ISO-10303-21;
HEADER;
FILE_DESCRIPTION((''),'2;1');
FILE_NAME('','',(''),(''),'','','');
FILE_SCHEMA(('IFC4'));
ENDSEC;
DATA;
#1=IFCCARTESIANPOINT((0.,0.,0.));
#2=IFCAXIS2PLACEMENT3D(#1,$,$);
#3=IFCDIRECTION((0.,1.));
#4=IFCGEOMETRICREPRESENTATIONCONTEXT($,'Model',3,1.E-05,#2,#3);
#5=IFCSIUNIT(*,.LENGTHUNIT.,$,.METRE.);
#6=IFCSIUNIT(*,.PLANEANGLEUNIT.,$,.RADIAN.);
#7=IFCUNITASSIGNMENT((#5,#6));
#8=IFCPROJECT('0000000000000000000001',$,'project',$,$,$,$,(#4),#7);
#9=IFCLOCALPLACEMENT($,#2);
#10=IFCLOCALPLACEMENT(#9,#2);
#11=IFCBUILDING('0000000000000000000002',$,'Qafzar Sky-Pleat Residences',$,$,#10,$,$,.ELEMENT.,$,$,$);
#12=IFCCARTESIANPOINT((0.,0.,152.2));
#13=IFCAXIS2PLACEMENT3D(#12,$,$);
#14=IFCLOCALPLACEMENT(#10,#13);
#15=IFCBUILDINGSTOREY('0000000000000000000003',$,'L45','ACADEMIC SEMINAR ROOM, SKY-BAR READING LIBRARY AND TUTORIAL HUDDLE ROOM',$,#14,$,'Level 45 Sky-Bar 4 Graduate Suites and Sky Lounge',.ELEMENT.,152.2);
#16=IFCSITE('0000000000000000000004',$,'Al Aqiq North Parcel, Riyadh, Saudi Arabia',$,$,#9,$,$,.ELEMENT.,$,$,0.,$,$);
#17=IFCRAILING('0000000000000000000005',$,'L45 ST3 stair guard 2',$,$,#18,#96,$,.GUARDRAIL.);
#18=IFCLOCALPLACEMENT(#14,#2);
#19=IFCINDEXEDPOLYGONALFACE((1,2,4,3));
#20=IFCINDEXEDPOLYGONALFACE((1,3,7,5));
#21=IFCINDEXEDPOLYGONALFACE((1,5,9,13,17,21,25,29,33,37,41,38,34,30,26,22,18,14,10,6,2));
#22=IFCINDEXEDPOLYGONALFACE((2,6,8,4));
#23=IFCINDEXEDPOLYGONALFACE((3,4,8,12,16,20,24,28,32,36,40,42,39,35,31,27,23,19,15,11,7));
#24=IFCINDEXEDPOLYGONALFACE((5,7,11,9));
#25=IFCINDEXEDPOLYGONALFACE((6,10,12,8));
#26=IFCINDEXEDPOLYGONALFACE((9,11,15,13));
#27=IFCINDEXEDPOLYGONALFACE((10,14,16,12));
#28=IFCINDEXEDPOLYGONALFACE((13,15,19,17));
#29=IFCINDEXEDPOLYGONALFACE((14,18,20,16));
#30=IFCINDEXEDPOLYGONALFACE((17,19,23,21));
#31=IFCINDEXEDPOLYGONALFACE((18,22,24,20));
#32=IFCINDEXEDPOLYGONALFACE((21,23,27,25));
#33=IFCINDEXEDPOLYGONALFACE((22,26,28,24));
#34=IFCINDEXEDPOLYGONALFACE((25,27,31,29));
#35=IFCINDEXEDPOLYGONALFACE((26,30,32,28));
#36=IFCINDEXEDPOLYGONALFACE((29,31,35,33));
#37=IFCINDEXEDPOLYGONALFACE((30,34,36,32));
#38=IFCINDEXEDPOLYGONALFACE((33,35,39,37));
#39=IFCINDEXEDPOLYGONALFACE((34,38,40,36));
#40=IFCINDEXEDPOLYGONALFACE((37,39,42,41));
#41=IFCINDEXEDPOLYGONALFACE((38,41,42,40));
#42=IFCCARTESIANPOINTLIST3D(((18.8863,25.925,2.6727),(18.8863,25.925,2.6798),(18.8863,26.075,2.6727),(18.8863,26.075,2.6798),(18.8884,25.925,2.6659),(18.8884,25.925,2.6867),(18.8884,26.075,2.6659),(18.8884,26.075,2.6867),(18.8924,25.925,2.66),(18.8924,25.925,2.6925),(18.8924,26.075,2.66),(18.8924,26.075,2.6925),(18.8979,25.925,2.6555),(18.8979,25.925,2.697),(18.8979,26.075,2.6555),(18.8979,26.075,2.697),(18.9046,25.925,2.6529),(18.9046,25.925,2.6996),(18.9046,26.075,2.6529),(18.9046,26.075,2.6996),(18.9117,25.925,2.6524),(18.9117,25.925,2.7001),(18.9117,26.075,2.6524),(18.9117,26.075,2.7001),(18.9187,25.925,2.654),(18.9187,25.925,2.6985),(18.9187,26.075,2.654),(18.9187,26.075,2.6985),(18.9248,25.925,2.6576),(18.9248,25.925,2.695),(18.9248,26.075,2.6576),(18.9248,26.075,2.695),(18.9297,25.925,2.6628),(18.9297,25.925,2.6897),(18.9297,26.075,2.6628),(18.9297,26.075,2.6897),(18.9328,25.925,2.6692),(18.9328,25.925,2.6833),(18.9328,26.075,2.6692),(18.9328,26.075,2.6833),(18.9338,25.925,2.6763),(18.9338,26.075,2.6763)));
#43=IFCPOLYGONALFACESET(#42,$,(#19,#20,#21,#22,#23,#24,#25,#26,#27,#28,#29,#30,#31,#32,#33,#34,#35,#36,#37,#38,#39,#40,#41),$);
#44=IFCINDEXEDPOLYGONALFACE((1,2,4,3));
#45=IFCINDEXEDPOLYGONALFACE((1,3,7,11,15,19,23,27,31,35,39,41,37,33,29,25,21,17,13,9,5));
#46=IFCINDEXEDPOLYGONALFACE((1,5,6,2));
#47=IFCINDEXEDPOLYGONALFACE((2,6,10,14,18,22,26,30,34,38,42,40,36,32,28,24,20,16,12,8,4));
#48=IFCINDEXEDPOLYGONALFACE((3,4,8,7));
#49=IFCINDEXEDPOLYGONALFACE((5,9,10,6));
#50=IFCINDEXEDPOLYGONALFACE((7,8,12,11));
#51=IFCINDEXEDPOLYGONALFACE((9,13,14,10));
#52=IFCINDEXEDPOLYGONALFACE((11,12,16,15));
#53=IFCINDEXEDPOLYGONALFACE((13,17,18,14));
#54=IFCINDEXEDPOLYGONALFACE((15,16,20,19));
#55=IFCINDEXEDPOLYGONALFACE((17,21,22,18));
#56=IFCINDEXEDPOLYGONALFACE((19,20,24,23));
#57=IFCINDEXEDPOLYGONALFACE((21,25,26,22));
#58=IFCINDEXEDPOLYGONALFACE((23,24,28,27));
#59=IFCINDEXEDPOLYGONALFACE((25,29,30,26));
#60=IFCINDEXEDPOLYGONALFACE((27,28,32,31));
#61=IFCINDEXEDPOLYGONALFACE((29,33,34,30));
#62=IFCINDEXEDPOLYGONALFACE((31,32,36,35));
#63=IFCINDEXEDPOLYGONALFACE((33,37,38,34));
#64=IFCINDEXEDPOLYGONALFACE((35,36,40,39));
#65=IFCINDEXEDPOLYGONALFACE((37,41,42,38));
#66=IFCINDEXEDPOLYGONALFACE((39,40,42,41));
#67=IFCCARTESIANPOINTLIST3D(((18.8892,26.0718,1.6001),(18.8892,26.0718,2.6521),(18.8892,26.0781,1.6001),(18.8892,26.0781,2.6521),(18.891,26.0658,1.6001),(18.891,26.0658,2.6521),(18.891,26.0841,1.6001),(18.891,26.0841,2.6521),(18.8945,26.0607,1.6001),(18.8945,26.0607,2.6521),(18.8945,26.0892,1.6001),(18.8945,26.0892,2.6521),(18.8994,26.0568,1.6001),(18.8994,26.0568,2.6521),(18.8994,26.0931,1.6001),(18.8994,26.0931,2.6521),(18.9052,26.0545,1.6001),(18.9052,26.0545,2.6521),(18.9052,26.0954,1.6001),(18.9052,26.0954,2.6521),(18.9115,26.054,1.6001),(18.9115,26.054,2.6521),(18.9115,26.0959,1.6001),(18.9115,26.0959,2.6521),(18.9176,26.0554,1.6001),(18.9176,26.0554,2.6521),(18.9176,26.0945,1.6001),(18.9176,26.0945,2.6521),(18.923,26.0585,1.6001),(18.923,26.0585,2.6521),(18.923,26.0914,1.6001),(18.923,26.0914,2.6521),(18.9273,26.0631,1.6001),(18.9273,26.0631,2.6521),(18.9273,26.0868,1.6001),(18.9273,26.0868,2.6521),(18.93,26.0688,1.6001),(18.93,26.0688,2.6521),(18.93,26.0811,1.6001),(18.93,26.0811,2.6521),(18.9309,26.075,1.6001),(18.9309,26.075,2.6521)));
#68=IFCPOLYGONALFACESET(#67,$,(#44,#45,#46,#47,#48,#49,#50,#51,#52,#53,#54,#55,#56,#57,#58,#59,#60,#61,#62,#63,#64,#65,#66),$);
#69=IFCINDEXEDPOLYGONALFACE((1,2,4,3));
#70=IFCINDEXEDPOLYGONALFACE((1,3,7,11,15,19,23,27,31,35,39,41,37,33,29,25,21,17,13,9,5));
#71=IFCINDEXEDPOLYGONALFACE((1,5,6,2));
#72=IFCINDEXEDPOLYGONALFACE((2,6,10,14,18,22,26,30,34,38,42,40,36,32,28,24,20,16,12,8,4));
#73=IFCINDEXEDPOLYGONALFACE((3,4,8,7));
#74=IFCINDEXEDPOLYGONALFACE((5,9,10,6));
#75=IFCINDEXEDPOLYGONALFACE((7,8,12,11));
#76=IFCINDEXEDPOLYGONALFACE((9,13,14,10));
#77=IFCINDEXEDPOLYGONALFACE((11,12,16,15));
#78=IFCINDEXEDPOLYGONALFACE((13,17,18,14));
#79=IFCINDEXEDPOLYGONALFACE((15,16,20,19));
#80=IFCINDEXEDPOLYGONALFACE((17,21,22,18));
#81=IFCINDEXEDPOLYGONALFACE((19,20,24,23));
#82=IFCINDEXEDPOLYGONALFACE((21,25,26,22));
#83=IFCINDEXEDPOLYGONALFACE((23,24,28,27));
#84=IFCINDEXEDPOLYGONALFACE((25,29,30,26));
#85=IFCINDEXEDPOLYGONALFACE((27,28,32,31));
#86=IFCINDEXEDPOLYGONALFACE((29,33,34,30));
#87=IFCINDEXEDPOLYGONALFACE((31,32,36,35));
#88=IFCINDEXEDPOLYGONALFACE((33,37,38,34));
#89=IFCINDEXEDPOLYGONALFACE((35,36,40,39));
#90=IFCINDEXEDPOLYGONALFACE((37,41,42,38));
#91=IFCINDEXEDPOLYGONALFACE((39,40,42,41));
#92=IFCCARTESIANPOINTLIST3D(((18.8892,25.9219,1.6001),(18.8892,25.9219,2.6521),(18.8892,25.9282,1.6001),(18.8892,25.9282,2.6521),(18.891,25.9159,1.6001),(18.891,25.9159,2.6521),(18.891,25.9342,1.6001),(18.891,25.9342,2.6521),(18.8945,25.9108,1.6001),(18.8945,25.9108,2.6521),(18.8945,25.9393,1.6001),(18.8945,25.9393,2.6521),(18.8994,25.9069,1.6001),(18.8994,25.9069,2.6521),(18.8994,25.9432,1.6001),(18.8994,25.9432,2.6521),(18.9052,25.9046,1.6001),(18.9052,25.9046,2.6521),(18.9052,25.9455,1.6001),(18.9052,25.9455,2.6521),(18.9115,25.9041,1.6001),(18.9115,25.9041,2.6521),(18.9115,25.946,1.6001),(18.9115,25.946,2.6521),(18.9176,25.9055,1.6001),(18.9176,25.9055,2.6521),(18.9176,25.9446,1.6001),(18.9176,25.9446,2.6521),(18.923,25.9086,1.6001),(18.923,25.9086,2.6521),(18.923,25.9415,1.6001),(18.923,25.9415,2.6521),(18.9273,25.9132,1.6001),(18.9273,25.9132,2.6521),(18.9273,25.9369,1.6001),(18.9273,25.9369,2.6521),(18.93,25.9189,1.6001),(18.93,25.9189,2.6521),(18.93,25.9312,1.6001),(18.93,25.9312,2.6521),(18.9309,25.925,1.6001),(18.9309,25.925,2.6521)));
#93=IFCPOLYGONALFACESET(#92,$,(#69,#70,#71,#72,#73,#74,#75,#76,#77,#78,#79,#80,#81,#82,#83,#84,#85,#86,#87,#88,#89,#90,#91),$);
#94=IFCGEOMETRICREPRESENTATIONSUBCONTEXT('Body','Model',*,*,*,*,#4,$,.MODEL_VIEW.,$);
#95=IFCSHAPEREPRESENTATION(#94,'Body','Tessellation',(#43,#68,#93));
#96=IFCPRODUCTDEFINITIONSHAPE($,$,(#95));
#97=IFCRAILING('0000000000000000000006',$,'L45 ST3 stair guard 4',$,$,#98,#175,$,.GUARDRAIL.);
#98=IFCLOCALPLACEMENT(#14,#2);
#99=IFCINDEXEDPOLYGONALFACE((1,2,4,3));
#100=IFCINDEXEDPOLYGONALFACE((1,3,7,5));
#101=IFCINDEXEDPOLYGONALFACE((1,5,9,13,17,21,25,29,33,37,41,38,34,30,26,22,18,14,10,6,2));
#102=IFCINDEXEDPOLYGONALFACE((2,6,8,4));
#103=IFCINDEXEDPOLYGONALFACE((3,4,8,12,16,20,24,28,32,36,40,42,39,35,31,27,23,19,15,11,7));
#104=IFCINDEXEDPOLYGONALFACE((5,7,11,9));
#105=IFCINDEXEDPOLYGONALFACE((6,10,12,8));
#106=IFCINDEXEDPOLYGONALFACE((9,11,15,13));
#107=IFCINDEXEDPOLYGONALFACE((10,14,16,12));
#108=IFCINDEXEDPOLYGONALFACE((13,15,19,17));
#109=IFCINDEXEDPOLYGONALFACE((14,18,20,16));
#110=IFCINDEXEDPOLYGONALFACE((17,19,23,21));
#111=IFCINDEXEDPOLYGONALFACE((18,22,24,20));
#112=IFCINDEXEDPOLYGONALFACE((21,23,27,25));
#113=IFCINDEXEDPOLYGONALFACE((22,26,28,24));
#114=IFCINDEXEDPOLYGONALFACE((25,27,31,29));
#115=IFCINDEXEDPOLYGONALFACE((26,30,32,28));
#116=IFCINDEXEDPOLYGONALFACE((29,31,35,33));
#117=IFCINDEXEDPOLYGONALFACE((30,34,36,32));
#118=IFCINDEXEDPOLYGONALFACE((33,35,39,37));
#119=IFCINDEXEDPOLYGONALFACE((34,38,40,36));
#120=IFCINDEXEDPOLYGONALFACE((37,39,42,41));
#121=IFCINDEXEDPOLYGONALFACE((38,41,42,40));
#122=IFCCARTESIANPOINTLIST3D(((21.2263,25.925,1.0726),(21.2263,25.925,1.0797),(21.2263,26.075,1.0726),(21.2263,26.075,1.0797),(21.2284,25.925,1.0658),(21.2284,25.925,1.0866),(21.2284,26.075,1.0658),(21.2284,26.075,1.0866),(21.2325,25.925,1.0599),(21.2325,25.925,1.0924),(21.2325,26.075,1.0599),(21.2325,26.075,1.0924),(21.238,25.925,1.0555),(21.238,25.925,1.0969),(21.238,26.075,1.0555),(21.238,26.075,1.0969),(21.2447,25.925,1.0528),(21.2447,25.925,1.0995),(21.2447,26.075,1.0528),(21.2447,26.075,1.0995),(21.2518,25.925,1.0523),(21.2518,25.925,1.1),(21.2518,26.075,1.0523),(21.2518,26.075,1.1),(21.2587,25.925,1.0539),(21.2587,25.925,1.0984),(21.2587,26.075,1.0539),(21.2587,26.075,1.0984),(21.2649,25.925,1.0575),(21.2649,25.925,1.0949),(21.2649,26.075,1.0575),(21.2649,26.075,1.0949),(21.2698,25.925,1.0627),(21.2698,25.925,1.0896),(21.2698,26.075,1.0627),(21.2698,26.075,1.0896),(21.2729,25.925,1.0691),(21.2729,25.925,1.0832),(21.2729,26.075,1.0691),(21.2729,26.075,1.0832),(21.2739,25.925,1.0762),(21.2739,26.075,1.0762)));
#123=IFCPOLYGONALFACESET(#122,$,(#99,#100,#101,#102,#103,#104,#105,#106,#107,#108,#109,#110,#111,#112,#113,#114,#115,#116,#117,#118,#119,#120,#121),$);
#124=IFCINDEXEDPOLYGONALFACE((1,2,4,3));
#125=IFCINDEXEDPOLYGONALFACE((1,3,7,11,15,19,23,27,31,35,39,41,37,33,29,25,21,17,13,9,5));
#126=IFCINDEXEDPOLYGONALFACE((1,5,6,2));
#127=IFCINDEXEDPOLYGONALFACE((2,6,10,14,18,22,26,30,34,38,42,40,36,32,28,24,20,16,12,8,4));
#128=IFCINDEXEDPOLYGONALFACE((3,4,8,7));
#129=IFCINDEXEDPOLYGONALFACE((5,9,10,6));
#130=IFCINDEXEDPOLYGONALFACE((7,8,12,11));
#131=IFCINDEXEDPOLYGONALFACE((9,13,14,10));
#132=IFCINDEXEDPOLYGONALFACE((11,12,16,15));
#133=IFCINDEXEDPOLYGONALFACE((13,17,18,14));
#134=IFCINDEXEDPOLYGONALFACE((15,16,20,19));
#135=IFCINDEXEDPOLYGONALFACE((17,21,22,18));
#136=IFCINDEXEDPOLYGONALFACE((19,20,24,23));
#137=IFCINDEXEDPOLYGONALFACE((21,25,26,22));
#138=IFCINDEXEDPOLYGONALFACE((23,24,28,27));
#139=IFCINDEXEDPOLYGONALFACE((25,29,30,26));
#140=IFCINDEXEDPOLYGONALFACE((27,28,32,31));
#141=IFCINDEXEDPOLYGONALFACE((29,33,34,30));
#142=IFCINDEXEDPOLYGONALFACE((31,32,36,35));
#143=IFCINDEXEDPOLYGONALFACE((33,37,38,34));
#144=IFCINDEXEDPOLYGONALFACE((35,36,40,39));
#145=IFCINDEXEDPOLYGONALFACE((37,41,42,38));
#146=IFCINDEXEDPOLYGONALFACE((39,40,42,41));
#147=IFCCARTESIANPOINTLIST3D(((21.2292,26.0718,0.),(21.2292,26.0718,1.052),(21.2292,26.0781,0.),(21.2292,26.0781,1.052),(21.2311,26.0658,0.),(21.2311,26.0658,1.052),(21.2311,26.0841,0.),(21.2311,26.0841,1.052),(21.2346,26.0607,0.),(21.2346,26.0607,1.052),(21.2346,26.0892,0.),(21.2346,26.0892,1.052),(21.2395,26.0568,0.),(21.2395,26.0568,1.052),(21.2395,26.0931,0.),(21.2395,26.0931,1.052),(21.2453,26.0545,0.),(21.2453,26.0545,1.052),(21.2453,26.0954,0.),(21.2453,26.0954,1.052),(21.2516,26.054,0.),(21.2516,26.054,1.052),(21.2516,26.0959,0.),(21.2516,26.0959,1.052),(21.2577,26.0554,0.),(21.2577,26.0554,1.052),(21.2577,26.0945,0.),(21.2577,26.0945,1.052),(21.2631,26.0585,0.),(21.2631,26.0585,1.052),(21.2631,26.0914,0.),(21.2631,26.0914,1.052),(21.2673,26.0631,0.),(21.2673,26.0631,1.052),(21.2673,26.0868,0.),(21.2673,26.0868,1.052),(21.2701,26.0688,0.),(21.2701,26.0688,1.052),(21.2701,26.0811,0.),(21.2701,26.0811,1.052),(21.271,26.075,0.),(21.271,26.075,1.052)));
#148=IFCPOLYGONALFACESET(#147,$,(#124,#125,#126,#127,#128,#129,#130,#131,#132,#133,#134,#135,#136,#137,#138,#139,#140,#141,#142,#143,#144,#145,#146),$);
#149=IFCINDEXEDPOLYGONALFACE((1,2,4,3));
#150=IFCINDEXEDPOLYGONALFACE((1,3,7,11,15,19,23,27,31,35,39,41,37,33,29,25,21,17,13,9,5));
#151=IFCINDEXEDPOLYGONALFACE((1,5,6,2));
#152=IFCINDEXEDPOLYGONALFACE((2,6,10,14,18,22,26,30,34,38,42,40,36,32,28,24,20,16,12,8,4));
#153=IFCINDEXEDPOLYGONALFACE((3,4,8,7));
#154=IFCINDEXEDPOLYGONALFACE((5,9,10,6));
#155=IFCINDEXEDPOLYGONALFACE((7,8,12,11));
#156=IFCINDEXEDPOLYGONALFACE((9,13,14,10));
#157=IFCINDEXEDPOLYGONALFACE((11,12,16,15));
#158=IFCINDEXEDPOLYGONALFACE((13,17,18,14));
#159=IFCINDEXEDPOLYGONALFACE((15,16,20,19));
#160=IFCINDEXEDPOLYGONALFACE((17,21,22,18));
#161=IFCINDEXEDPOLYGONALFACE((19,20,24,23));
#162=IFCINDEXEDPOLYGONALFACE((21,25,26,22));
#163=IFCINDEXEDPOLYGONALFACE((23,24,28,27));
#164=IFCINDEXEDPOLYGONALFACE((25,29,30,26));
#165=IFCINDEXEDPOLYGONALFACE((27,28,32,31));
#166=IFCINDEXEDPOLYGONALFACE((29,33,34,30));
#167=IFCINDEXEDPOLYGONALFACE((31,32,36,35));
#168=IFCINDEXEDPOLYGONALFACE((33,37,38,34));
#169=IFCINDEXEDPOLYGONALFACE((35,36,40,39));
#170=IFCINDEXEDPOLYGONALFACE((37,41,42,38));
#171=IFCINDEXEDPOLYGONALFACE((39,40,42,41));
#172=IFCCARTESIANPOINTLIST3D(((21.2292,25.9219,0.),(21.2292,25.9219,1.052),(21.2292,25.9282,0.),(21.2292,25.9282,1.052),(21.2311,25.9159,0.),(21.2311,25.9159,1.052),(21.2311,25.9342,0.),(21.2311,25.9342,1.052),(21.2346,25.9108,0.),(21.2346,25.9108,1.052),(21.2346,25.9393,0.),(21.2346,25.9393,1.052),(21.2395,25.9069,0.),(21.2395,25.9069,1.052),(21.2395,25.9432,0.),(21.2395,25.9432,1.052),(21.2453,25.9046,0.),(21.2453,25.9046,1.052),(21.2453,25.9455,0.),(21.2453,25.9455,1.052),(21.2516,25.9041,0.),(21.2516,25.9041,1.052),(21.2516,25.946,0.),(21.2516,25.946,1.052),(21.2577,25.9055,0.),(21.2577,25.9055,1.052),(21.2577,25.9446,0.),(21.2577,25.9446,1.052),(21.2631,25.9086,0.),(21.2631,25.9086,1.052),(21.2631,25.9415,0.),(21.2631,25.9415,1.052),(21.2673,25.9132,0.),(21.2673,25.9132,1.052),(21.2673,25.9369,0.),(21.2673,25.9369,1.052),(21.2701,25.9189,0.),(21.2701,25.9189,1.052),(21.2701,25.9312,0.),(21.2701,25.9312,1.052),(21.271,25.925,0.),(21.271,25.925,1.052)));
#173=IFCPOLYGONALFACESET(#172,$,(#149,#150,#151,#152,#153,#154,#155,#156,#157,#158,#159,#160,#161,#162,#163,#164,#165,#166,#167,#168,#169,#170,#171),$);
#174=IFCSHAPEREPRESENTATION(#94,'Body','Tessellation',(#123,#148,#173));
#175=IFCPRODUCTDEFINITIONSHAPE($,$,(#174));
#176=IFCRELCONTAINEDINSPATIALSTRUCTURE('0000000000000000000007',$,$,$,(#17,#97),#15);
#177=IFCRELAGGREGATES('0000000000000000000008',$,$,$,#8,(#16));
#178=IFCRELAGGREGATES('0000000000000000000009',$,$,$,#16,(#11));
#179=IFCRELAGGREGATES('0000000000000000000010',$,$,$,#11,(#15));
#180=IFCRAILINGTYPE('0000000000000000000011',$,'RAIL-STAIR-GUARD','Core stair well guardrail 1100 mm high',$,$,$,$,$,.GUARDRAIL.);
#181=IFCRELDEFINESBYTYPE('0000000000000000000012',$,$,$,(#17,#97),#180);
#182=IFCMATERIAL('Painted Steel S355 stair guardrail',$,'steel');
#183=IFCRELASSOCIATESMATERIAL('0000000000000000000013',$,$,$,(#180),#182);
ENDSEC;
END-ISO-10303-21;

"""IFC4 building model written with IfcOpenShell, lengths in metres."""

from ifc_helpers import new_model, si_unit, direction, frame, origin, origin_2d, place, context, subcontext, project, spatial, circle, extrude, source, transform, mapped, material, type_object, element, save


model = new_model("IFC4")

# Units and contexts
model_context = context("Model", 3, precision=1e-05, world=origin(), true_north=direction((0.0, 1.0)))
body_context = subcontext(model_context, "Body", "Model", "MODEL_VIEW")
ifc_project = project(units=[si_unit("LENGTHUNIT", "METRE"), si_unit("PLANEANGLEUNIT", "RADIAN")], contexts=[model_context])

# Site, building, storey
site_placement = place(None, origin())
site = spatial("IfcSite", under=ifc_project, at=site_placement, Name="Al Aqiq North Parcel, Riyadh, Saudi Arabia", CompositionType="ELEMENT", RefElevation=0.0)
building_placement = place(site_placement, origin())
building = spatial("IfcBuilding", under=site, at=building_placement, Name="Qafzar Sky-Pleat Residences", CompositionType="ELEMENT")
storey_placement = place(building_placement, frame((0.0, 0.0, 152.2)))
storey = spatial("IfcBuildingStorey", under=building, at=storey_placement, Name="L45", Description="ACADEMIC SEMINAR ROOM, SKY-BAR READING LIBRARY AND TUTORIAL HUDDLE ROOM", LongName="Level 45 Sky-Bar 4 Graduate Suites and Sky Lounge", CompositionType="ELEMENT", Elevation=152.2)

# Railings
ifc_material_1 = material(Name="Painted Steel S355 stair guardrail", Category="steel")
railing_type_1 = type_object("IfcRailingType", Name="RAIL-STAIR-GUARD", Description="Core stair well guardrail 1100 mm high", PredefinedType="GUARDRAIL", material=ifc_material_1)
shared_shape_1 = source(origin(), body_context, "Body", "SweptSolid", [
    extrude(circle(Radius=0.0239, at=origin_2d()), frame((0.0, 0.0, 1.0762), z_axis=(0.0, -1.0, 0.0), x_axis=(1.0, 0.0, 0.0)), (0.0, 0.0, 1.0), 0.1499),
    extrude(circle(Radius=0.021, at=origin_2d()), origin(), (0.0, 0.0, 1.0), 1.052),
    extrude(circle(Radius=0.021, at=origin_2d()), frame((0.0, -0.1499, 0.0)), (0.0, 0.0, 1.0), 1.052),
])
for number, where, name in (
    (1, (18.9099, 26.075, 1.6001), "L45 ST3 stair guard 2"),
    (2, (21.25, 26.075, 0.0), "L45 ST3 stair guard 4"),
):
    element("IfcRailing", number, at=place(storey_placement, frame(where)), inside=storey, type_object=railing_type_1, Name=name, PredefinedType="GUARDRAIL", context=body_context, shape_type="MappedRepresentation", body=[
        mapped(shared_shape_1, transform((0.0, 0.0, 0.0), x_axis=(1.0, 0.0, 0.0), y_axis=(0.0, 1.0, 0.0), z_axis=(0.0, 0.0, 1.0), scale=1.0)),
    ])

save(model, "model.ifc")
